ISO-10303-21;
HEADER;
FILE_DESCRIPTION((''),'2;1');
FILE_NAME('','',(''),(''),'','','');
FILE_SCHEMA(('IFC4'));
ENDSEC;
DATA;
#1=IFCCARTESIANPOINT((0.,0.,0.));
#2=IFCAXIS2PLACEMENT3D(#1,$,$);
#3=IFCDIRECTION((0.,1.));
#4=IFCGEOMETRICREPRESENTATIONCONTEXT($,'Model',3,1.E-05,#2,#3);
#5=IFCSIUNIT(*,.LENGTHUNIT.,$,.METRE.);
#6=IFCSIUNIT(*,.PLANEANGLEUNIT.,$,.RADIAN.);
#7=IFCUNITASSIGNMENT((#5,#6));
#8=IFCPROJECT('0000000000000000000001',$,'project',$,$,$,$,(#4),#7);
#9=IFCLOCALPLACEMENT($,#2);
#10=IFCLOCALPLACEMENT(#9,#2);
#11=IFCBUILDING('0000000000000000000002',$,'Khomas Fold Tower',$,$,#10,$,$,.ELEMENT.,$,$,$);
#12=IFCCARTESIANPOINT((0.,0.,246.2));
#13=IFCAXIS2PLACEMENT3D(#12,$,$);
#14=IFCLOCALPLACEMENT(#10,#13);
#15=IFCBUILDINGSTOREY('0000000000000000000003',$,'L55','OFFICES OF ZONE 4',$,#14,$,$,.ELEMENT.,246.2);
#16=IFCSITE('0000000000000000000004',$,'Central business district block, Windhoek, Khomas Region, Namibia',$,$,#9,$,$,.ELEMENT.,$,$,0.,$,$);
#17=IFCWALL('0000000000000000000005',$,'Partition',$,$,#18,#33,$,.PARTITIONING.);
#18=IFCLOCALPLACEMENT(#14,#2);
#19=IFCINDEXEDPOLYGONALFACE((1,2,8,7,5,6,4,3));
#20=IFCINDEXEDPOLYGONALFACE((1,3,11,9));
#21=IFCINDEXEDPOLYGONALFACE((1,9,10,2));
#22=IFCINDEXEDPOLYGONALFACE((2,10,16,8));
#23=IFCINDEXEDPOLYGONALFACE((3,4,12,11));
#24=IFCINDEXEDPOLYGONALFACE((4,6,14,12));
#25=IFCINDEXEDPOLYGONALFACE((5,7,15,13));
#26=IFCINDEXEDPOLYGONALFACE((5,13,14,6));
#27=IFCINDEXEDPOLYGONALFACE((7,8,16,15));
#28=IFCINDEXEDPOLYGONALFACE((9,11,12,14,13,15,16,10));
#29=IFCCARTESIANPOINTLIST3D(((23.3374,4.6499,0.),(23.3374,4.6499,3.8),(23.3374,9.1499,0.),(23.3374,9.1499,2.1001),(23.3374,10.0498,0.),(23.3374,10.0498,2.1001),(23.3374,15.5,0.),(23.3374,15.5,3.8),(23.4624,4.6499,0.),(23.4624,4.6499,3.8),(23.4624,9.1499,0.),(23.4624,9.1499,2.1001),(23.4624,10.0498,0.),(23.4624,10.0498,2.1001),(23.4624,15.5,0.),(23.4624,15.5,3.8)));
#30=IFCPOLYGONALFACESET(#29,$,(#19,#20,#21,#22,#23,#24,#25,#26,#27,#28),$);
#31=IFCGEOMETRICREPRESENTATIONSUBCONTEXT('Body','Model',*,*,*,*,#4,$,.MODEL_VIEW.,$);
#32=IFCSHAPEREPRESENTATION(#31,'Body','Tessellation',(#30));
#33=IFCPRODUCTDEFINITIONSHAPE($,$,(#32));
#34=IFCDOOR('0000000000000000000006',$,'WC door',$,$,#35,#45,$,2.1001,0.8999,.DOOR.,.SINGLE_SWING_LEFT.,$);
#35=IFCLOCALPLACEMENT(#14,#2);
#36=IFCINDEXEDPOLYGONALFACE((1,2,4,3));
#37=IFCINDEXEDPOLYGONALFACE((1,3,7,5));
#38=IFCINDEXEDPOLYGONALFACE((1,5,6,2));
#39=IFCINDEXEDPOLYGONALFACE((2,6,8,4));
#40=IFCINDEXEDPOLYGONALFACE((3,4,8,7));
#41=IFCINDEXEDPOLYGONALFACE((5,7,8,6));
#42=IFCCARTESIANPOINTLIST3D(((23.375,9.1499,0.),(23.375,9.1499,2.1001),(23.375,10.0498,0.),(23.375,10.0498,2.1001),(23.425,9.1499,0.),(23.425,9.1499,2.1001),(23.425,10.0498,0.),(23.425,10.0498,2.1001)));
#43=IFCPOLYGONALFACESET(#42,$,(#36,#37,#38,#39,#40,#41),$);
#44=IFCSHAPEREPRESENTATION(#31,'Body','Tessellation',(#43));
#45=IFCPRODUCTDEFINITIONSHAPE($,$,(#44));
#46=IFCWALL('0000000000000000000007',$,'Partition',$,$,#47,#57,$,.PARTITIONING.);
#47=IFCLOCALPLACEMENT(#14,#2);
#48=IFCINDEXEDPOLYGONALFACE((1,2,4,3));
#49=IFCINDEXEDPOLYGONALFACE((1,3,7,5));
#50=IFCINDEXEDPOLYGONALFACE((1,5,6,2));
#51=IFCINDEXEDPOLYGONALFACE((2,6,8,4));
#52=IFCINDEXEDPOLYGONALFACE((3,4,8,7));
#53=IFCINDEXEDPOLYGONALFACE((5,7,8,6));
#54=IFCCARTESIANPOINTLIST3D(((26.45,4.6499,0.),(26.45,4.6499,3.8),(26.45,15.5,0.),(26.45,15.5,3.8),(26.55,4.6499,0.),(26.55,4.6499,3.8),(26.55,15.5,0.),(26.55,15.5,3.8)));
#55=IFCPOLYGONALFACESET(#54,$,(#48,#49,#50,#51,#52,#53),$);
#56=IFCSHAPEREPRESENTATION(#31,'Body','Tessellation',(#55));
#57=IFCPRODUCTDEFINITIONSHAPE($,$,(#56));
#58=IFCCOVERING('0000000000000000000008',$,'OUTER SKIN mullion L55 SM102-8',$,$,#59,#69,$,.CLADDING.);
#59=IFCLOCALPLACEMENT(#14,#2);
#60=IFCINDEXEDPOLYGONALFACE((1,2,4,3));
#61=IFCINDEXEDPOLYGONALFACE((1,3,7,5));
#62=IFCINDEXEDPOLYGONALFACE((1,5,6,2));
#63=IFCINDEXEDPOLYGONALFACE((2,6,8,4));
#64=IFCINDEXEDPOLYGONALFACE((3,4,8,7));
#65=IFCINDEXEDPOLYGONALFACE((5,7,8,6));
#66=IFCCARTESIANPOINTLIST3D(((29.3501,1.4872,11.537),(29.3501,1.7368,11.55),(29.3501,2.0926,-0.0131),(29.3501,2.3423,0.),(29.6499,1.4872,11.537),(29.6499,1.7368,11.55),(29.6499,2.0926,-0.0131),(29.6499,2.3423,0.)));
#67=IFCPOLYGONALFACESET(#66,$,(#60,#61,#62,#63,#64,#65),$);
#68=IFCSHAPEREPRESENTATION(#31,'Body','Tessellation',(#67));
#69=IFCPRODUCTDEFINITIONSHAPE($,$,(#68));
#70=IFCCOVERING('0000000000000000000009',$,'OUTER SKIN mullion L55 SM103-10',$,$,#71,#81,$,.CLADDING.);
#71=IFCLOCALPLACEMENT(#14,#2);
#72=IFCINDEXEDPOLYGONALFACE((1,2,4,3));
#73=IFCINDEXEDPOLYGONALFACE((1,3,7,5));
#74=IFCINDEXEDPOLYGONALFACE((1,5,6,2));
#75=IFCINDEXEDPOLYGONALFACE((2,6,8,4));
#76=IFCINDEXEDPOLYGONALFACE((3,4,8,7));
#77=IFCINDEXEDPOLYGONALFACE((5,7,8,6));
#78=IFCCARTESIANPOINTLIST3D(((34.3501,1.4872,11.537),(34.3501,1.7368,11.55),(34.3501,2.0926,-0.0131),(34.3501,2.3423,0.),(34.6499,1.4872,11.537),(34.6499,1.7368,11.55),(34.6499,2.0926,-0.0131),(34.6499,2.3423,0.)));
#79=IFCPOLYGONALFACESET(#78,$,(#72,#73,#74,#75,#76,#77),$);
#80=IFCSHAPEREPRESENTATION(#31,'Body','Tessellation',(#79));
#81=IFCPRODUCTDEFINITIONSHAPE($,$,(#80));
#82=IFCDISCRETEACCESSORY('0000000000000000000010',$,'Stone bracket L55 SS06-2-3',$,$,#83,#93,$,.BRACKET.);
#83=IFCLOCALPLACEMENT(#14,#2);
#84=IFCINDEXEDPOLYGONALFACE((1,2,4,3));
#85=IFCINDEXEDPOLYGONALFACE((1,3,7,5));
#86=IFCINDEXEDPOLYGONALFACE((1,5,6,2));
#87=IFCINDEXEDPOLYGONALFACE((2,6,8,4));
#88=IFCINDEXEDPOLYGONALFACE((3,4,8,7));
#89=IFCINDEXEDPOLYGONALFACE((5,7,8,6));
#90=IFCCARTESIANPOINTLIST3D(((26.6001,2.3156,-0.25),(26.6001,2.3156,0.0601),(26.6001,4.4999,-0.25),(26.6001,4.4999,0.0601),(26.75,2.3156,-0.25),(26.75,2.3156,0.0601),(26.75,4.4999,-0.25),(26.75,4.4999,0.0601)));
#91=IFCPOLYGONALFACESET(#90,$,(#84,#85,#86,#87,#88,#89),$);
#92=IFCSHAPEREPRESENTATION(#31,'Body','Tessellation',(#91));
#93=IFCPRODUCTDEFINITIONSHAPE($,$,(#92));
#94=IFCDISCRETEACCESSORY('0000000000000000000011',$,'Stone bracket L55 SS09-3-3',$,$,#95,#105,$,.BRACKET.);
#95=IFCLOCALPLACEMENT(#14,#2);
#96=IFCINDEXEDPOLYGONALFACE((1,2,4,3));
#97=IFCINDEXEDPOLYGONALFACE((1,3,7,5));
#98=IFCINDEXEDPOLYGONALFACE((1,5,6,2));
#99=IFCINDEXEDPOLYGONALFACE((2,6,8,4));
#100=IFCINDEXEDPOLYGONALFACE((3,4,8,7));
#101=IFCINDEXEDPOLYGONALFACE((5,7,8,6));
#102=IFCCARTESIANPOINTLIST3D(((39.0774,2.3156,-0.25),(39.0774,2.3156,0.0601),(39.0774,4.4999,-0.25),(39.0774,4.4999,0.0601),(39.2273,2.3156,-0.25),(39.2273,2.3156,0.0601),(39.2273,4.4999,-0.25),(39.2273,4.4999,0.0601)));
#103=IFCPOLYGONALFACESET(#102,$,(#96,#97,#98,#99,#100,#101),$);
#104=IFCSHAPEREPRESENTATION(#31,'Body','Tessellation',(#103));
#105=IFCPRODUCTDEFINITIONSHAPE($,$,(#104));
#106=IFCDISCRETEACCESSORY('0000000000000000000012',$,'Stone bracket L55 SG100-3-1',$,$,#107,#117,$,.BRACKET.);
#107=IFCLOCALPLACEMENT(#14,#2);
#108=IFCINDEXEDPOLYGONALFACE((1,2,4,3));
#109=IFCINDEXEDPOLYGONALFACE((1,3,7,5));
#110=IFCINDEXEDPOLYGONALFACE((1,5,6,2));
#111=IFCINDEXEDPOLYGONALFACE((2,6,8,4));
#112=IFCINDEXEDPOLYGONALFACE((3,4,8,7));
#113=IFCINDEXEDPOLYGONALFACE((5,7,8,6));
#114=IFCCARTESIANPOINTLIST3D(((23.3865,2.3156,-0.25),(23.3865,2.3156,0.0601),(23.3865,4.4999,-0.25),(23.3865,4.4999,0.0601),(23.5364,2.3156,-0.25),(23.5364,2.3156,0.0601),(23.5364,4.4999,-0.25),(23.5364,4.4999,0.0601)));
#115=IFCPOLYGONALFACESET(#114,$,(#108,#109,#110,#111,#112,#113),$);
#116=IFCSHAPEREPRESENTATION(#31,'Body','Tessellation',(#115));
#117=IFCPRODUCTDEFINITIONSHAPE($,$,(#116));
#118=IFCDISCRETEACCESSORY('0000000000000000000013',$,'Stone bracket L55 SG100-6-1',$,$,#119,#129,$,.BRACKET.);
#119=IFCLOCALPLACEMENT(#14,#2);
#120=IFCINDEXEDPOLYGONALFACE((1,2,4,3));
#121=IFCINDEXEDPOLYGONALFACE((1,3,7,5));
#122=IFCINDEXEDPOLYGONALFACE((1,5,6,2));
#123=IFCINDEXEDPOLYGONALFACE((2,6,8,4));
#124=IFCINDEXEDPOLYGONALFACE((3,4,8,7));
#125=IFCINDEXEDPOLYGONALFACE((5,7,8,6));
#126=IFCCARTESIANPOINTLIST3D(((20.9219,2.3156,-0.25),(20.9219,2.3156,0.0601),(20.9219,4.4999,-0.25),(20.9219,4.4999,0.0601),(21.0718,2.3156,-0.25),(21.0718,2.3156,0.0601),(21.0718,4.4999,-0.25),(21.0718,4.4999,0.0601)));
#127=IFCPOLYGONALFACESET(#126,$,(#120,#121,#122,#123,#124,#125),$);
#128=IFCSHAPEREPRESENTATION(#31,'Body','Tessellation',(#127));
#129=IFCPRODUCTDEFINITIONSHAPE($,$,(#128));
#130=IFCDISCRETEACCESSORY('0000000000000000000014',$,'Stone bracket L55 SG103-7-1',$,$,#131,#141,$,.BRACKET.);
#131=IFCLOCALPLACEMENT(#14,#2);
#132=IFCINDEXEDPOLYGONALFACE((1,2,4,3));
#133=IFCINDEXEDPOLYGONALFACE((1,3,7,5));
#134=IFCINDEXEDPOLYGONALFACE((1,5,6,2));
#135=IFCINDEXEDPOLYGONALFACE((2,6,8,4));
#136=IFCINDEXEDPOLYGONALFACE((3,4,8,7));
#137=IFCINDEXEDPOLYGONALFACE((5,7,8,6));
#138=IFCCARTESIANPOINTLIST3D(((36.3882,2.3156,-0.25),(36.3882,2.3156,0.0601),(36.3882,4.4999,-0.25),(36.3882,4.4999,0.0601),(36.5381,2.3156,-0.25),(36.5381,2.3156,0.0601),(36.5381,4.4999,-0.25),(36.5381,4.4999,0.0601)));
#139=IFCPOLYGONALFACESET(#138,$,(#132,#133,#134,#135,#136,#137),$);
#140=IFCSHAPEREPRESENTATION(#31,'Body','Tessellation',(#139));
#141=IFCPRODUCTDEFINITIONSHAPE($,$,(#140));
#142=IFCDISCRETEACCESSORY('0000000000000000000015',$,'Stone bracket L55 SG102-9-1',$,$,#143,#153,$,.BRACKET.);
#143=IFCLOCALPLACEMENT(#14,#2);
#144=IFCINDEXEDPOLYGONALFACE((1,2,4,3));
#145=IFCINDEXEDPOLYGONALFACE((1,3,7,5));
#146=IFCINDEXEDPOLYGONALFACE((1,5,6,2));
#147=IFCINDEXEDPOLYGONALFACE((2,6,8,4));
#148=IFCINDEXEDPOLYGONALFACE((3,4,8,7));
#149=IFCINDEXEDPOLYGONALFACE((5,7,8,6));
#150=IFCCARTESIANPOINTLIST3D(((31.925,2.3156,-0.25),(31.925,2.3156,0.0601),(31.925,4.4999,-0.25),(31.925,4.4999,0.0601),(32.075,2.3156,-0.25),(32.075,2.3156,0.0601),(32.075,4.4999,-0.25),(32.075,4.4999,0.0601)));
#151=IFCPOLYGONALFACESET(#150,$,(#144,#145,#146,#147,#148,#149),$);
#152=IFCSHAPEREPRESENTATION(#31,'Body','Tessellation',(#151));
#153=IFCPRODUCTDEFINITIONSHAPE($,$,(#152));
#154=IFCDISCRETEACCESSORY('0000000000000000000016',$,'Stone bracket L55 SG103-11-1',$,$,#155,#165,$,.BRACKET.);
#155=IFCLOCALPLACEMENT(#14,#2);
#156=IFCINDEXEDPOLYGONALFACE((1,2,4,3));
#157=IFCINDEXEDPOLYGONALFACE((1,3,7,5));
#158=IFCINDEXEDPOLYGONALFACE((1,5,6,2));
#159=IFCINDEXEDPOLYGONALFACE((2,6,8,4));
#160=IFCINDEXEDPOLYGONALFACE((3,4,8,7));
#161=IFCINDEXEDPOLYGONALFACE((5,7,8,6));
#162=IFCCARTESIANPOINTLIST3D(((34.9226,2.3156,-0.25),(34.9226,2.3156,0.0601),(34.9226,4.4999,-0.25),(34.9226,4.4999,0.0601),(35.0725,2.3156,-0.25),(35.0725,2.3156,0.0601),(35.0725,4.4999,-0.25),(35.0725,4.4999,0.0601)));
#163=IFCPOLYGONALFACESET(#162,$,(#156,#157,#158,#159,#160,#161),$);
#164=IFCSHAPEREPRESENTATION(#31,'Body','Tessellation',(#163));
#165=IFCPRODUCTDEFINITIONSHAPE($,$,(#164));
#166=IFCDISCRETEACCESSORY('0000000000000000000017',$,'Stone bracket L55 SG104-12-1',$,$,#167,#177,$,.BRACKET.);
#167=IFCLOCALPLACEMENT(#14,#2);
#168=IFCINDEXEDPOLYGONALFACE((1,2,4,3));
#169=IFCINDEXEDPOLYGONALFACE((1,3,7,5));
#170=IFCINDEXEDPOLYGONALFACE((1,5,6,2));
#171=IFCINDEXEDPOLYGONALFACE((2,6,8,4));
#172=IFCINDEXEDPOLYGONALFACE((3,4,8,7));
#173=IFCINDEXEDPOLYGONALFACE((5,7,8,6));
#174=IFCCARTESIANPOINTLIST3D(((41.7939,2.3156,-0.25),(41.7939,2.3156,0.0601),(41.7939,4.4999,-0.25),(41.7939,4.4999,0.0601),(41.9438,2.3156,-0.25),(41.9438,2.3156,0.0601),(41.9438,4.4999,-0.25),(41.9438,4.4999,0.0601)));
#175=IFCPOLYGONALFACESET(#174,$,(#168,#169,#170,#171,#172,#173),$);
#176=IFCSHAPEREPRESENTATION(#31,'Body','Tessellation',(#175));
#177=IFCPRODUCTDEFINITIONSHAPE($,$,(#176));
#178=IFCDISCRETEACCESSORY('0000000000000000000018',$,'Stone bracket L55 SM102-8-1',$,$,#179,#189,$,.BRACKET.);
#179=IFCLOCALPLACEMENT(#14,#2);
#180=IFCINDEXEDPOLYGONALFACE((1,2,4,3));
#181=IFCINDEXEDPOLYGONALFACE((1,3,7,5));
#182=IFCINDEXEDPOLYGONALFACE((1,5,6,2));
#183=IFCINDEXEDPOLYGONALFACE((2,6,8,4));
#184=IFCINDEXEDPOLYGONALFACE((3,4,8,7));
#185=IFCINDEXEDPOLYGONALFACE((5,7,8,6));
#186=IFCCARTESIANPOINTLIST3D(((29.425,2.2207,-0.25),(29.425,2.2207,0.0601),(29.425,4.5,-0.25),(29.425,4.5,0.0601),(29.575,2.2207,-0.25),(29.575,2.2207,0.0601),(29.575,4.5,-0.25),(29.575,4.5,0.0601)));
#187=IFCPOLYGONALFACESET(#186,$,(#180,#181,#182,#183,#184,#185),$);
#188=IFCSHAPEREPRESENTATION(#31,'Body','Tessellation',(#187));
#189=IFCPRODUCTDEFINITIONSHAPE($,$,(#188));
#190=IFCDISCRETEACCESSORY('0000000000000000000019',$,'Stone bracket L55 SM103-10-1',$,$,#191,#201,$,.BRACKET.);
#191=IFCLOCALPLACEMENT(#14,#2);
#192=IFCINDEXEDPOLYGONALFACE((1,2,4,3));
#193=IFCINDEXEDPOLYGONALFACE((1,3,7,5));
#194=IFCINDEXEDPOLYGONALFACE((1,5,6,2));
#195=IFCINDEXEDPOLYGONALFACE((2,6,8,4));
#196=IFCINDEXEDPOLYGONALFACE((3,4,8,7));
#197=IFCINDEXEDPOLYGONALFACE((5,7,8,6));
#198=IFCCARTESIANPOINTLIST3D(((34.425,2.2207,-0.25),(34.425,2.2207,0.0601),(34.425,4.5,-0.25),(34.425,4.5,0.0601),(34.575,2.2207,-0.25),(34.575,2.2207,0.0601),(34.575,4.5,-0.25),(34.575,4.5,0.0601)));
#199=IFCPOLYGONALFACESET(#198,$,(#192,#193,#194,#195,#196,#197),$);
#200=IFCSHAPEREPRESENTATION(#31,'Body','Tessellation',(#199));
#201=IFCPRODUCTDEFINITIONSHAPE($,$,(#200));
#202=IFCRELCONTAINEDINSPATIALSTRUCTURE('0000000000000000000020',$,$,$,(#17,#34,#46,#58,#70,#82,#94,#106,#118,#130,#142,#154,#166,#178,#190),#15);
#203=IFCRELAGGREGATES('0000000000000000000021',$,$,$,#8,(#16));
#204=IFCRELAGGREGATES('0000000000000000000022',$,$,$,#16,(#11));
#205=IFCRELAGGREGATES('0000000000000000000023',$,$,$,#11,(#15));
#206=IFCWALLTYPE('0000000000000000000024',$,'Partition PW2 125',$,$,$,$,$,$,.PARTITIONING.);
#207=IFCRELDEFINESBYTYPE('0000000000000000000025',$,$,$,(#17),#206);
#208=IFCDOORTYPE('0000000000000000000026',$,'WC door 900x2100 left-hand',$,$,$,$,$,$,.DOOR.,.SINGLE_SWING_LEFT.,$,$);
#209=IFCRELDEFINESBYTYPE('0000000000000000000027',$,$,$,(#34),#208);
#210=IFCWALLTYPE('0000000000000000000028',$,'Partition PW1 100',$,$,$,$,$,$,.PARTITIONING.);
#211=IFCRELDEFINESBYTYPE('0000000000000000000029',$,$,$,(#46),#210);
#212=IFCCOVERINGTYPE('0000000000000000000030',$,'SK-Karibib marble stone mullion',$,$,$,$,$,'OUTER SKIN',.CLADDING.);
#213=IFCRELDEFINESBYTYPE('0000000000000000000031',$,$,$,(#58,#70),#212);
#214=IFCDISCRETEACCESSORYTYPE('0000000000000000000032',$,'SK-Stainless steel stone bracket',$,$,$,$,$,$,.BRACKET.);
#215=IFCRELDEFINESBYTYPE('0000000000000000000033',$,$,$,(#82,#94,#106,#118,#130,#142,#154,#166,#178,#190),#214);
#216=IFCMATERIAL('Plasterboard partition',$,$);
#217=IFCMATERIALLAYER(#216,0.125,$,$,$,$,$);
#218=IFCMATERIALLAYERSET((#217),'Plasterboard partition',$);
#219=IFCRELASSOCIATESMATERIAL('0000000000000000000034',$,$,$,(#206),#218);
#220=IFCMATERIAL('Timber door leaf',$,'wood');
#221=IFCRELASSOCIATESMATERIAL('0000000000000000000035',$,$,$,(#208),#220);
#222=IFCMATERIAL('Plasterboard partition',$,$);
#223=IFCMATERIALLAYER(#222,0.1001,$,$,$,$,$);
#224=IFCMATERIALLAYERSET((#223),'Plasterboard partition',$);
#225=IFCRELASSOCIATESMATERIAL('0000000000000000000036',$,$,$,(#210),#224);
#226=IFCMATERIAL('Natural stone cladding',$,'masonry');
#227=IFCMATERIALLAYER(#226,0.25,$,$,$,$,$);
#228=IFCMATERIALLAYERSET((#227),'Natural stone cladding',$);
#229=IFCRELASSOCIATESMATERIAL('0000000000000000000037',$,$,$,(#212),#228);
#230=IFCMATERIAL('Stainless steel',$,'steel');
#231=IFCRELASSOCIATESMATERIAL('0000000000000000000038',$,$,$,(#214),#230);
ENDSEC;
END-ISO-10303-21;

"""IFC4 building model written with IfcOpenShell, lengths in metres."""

from ifc_helpers import new_model, si_unit, direction, frame, frame_2d, origin, origin_2d, place, context, subcontext, project, spatial, polyline, rectangle, outline, extrude, source, transform, mapped, material, layer, layer_set, type_object, element, fill, save


model = new_model("IFC4")

# Units and contexts
model_context = context("Model", 3, precision=1e-05, world=origin(), true_north=direction((0.0, 1.0)))
body_context = subcontext(model_context, "Body", "Model", "MODEL_VIEW")
ifc_project = project(units=[si_unit("LENGTHUNIT", "METRE"), si_unit("PLANEANGLEUNIT", "RADIAN")], contexts=[model_context])

# Site, building, storey
site_placement = place(None, origin())
site = spatial("IfcSite", under=ifc_project, at=site_placement, Name="Central business district block, Windhoek, Khomas Region, Namibia", CompositionType="ELEMENT", RefElevation=0.0)
building_placement = place(site_placement, origin())
building = spatial("IfcBuilding", under=site, at=building_placement, Name="Khomas Fold Tower", CompositionType="ELEMENT")
storey_placement = place(building_placement, frame((0.0, 0.0, 246.2)))
storey = spatial("IfcBuildingStorey", under=building, at=storey_placement, Name="L55", Description="OFFICES OF ZONE 4", CompositionType="ELEMENT", Elevation=246.2)

# Wall, opening, door
ifc_material_1 = material(Name="Plasterboard partition")
ifc_layer_1 = layer(ifc_material_1, 0.125)
ifc_layer_set_1 = layer_set([ifc_layer_1], Name="Plasterboard partition")
wall_type_1 = type_object("IfcWallType", Name="Partition PW2 125", PredefinedType="PARTITIONING", material=ifc_layer_set_1)
shared_shape_1 = source(origin(), body_context, "Body", "SweptSolid", [
    extrude(rectangle(XDim=10.8501, YDim=0.125, at=frame_2d((5.425, 0.0))), origin(), (0.0, 0.0, 1.0), 3.8),
])
wall_1_placement = place(storey_placement, frame((23.3999, 4.6499, 0.0), z_axis=(0.0, 0.0, 1.0), x_axis=(0.0, 1.0, 0.0)))
wall_1 = element("IfcWall", 1, at=wall_1_placement, inside=storey, type_object=wall_type_1, Name="Partition", PredefinedType="PARTITIONING", context=body_context, shape_type="MappedRepresentation", body=[
    mapped(shared_shape_1, transform((0.0, 0.0, 0.0))),
])
shared_shape_2 = source(origin(), body_context, "Body", "SweptSolid", [
    extrude(rectangle(XDim=0.8999, YDim=2.1001, at=frame_2d((0.45, 1.05))), frame((0.0, 0.0725, 0.0), z_axis=(0.0, -1.0, 0.0), x_axis=(1.0, 0.0, 0.0)), (0.0, 0.0, 1.0), 0.145),
])
opening_placement = place(wall_1_placement, frame((4.5, 0.0, 0.0)))
opening = element("IfcOpeningElement", 2, at=opening_placement, cuts=wall_1, PredefinedType="OPENING", context=body_context, shape_type="MappedRepresentation", body=[
    mapped(shared_shape_2, transform((0.0, 0.0, 0.0))),
])
ifc_material_2 = material(Name="Timber door leaf", Category="wood")
door_type = type_object("IfcDoorType", Name="WC door 900x2100 left-hand", OperationType="SINGLE_SWING_LEFT", PredefinedType="DOOR", material=ifc_material_2)
shared_shape_3 = source(origin(), body_context, "Body", "SweptSolid", [
    extrude(rectangle(XDim=0.8999, YDim=2.1001, at=frame_2d((0.45, 1.05))), frame((0.0, 0.0249, 0.0), z_axis=(0.0, -1.0, 0.0), x_axis=(1.0, 0.0, 0.0)), (0.0, 0.0, 1.0), 0.05),
])
door_placement = place(opening_placement, origin())
door = element("IfcDoor", 3, at=door_placement, inside=storey, type_object=door_type, Name="WC door", OperationType="SINGLE_SWING_LEFT", OverallHeight=2.1001, OverallWidth=0.8999, PredefinedType="DOOR", context=body_context, shape_type="MappedRepresentation", body=[
    mapped(shared_shape_3, transform((0.0, 0.0, 0.0))),
])
fill(opening, door)

# Wall
ifc_material_3 = material(Name="Plasterboard partition")
ifc_layer_2 = layer(ifc_material_3, 0.1001)
ifc_layer_set_2 = layer_set([ifc_layer_2], Name="Plasterboard partition")
wall_type_2 = type_object("IfcWallType", Name="Partition PW1 100", PredefinedType="PARTITIONING", material=ifc_layer_set_2)
shared_shape_4 = source(origin(), body_context, "Body", "SweptSolid", [
    extrude(rectangle(XDim=10.8501, YDim=0.1001, at=frame_2d((5.425, 0.0))), origin(), (0.0, 0.0, 1.0), 3.8),
])
wall_2_placement = place(storey_placement, frame((26.5, 4.6499, 0.0), z_axis=(0.0, 0.0, 1.0), x_axis=(0.0, 1.0, 0.0)))
element("IfcWall", 4, at=wall_2_placement, inside=storey, type_object=wall_type_2, Name="Partition", PredefinedType="PARTITIONING", context=body_context, shape_type="MappedRepresentation", body=[
    mapped(shared_shape_4, transform((0.0, 0.0, 0.0))),
])

# Coverings
ifc_material_4 = material(Name="Natural stone cladding", Category="masonry")
ifc_layer_3 = layer(ifc_material_4, 0.25)
ifc_layer_set_3 = layer_set([ifc_layer_3], Name="Natural stone cladding")
covering_type = type_object("IfcCoveringType", Name="SK-Karibib marble stone mullion", ElementType="OUTER SKIN", PredefinedType="CLADDING", material=ifc_layer_set_3)
for number, where, z_axis, x_axis, name in (
    (5, (29.3501, 2.3423, 0.0), (0.0, 0.998629, 0.052349), (0.0, -0.052349, 0.998629), "OUTER SKIN mullion L55 SM102-8"),
    (6, (34.3501, 2.3423, 0.0), (0.0, 0.998629, 0.052349), (0.0, -0.052349, 0.998629), "OUTER SKIN mullion L55 SM103-10"),
):
    element("IfcCovering", number, at=place(storey_placement, frame(where, z_axis=z_axis, x_axis=x_axis)), inside=storey, type_object=covering_type, Name=name, PredefinedType="CLADDING", context=body_context, shape_type="SweptSolid", body=[
        extrude(outline(polyline([(0.0, 0.0), (11.5659, 0.0), (11.5659, 0.2998), (0.0, 0.2998), (0.0, 0.0)])), origin(), (0.0, 0.0, -1.0), 0.25),
    ])

# Discrete accessories
ifc_material_5 = material(Name="Stainless steel", Category="steel")
discrete_accessory_type = type_object("IfcDiscreteAccessoryType", Name="SK-Stainless steel stone bracket", PredefinedType="BRACKET", material=ifc_material_5)
shared_shape_5 = source(origin(), body_context, "Body", "SweptSolid", [
    extrude(rectangle(XDim=2.1843, YDim=0.1499, at=origin_2d()), origin(), (0.0, 0.0, 1.0), 0.3101),
])
for number, where, z_axis, x_axis, name in (
    (7, (26.675, 3.4077, -0.25), (0.0, 0.0, 1.0), (0.0, -1.0, 0.0), "Stone bracket L55 SS06-2-3"),
    (8, (39.1523, 3.4077, -0.25), (0.0, 0.0, 1.0), (0.0, -1.0, 0.0), "Stone bracket L55 SS09-3-3"),
    (9, (23.4614, 3.4077, -0.25), (0.0, 0.0, 1.0), (0.0, -1.0, 0.0), "Stone bracket L55 SG100-3-1"),
    (10, (20.9968, 3.4077, -0.25), (0.0, 0.0, 1.0), (0.0, -1.0, 0.0), "Stone bracket L55 SG100-6-1"),
    (11, (36.4631, 3.4077, -0.25), (0.0, 0.0, 1.0), (0.0, -1.0, 0.0), "Stone bracket L55 SG103-7-1"),
    (12, (32.0, 3.4077, -0.25), (0.0, 0.0, 1.0), (0.0, -1.0, 0.0), "Stone bracket L55 SG102-9-1"),
    (13, (34.9976, 3.4077, -0.25), (0.0, 0.0, 1.0), (0.0, -1.0, 0.0), "Stone bracket L55 SG103-11-1"),
    (14, (41.8689, 3.4077, -0.25), (0.0, 0.0, 1.0), (0.0, -1.0, 0.0), "Stone bracket L55 SG104-12-1"),
):
    element("IfcDiscreteAccessory", number, at=place(storey_placement, frame(where, z_axis=z_axis, x_axis=x_axis)), inside=storey, type_object=discrete_accessory_type, Name=name, PredefinedType="BRACKET", context=body_context, shape_type="MappedRepresentation", body=[
        mapped(shared_shape_5, transform((0.0, 0.0, 0.0))),
    ])
shared_shape_6 = source(origin(), body_context, "Body", "SweptSolid", [
    extrude(rectangle(XDim=2.2793, YDim=0.1499, at=origin_2d()), origin(), (0.0, 0.0, 1.0), 0.3101),
])
for number, where, z_axis, x_axis, name in (
    (15, (29.5, 3.3604, -0.25), (0.0, 0.0, 1.0), (0.0, -1.0, 0.0), "Stone bracket L55 SM102-8-1"),
    (16, (34.5, 3.3604, -0.25), (0.0, 0.0, 1.0), (0.0, -1.0, 0.0), "Stone bracket L55 SM103-10-1"),
):
    element("IfcDiscreteAccessory", number, at=place(storey_placement, frame(where, z_axis=z_axis, x_axis=x_axis)), inside=storey, type_object=discrete_accessory_type, Name=name, PredefinedType="BRACKET", context=body_context, shape_type="MappedRepresentation", body=[
        mapped(shared_shape_6, transform((0.0, 0.0, 0.0))),
    ])

save(model, "model.ifc")
